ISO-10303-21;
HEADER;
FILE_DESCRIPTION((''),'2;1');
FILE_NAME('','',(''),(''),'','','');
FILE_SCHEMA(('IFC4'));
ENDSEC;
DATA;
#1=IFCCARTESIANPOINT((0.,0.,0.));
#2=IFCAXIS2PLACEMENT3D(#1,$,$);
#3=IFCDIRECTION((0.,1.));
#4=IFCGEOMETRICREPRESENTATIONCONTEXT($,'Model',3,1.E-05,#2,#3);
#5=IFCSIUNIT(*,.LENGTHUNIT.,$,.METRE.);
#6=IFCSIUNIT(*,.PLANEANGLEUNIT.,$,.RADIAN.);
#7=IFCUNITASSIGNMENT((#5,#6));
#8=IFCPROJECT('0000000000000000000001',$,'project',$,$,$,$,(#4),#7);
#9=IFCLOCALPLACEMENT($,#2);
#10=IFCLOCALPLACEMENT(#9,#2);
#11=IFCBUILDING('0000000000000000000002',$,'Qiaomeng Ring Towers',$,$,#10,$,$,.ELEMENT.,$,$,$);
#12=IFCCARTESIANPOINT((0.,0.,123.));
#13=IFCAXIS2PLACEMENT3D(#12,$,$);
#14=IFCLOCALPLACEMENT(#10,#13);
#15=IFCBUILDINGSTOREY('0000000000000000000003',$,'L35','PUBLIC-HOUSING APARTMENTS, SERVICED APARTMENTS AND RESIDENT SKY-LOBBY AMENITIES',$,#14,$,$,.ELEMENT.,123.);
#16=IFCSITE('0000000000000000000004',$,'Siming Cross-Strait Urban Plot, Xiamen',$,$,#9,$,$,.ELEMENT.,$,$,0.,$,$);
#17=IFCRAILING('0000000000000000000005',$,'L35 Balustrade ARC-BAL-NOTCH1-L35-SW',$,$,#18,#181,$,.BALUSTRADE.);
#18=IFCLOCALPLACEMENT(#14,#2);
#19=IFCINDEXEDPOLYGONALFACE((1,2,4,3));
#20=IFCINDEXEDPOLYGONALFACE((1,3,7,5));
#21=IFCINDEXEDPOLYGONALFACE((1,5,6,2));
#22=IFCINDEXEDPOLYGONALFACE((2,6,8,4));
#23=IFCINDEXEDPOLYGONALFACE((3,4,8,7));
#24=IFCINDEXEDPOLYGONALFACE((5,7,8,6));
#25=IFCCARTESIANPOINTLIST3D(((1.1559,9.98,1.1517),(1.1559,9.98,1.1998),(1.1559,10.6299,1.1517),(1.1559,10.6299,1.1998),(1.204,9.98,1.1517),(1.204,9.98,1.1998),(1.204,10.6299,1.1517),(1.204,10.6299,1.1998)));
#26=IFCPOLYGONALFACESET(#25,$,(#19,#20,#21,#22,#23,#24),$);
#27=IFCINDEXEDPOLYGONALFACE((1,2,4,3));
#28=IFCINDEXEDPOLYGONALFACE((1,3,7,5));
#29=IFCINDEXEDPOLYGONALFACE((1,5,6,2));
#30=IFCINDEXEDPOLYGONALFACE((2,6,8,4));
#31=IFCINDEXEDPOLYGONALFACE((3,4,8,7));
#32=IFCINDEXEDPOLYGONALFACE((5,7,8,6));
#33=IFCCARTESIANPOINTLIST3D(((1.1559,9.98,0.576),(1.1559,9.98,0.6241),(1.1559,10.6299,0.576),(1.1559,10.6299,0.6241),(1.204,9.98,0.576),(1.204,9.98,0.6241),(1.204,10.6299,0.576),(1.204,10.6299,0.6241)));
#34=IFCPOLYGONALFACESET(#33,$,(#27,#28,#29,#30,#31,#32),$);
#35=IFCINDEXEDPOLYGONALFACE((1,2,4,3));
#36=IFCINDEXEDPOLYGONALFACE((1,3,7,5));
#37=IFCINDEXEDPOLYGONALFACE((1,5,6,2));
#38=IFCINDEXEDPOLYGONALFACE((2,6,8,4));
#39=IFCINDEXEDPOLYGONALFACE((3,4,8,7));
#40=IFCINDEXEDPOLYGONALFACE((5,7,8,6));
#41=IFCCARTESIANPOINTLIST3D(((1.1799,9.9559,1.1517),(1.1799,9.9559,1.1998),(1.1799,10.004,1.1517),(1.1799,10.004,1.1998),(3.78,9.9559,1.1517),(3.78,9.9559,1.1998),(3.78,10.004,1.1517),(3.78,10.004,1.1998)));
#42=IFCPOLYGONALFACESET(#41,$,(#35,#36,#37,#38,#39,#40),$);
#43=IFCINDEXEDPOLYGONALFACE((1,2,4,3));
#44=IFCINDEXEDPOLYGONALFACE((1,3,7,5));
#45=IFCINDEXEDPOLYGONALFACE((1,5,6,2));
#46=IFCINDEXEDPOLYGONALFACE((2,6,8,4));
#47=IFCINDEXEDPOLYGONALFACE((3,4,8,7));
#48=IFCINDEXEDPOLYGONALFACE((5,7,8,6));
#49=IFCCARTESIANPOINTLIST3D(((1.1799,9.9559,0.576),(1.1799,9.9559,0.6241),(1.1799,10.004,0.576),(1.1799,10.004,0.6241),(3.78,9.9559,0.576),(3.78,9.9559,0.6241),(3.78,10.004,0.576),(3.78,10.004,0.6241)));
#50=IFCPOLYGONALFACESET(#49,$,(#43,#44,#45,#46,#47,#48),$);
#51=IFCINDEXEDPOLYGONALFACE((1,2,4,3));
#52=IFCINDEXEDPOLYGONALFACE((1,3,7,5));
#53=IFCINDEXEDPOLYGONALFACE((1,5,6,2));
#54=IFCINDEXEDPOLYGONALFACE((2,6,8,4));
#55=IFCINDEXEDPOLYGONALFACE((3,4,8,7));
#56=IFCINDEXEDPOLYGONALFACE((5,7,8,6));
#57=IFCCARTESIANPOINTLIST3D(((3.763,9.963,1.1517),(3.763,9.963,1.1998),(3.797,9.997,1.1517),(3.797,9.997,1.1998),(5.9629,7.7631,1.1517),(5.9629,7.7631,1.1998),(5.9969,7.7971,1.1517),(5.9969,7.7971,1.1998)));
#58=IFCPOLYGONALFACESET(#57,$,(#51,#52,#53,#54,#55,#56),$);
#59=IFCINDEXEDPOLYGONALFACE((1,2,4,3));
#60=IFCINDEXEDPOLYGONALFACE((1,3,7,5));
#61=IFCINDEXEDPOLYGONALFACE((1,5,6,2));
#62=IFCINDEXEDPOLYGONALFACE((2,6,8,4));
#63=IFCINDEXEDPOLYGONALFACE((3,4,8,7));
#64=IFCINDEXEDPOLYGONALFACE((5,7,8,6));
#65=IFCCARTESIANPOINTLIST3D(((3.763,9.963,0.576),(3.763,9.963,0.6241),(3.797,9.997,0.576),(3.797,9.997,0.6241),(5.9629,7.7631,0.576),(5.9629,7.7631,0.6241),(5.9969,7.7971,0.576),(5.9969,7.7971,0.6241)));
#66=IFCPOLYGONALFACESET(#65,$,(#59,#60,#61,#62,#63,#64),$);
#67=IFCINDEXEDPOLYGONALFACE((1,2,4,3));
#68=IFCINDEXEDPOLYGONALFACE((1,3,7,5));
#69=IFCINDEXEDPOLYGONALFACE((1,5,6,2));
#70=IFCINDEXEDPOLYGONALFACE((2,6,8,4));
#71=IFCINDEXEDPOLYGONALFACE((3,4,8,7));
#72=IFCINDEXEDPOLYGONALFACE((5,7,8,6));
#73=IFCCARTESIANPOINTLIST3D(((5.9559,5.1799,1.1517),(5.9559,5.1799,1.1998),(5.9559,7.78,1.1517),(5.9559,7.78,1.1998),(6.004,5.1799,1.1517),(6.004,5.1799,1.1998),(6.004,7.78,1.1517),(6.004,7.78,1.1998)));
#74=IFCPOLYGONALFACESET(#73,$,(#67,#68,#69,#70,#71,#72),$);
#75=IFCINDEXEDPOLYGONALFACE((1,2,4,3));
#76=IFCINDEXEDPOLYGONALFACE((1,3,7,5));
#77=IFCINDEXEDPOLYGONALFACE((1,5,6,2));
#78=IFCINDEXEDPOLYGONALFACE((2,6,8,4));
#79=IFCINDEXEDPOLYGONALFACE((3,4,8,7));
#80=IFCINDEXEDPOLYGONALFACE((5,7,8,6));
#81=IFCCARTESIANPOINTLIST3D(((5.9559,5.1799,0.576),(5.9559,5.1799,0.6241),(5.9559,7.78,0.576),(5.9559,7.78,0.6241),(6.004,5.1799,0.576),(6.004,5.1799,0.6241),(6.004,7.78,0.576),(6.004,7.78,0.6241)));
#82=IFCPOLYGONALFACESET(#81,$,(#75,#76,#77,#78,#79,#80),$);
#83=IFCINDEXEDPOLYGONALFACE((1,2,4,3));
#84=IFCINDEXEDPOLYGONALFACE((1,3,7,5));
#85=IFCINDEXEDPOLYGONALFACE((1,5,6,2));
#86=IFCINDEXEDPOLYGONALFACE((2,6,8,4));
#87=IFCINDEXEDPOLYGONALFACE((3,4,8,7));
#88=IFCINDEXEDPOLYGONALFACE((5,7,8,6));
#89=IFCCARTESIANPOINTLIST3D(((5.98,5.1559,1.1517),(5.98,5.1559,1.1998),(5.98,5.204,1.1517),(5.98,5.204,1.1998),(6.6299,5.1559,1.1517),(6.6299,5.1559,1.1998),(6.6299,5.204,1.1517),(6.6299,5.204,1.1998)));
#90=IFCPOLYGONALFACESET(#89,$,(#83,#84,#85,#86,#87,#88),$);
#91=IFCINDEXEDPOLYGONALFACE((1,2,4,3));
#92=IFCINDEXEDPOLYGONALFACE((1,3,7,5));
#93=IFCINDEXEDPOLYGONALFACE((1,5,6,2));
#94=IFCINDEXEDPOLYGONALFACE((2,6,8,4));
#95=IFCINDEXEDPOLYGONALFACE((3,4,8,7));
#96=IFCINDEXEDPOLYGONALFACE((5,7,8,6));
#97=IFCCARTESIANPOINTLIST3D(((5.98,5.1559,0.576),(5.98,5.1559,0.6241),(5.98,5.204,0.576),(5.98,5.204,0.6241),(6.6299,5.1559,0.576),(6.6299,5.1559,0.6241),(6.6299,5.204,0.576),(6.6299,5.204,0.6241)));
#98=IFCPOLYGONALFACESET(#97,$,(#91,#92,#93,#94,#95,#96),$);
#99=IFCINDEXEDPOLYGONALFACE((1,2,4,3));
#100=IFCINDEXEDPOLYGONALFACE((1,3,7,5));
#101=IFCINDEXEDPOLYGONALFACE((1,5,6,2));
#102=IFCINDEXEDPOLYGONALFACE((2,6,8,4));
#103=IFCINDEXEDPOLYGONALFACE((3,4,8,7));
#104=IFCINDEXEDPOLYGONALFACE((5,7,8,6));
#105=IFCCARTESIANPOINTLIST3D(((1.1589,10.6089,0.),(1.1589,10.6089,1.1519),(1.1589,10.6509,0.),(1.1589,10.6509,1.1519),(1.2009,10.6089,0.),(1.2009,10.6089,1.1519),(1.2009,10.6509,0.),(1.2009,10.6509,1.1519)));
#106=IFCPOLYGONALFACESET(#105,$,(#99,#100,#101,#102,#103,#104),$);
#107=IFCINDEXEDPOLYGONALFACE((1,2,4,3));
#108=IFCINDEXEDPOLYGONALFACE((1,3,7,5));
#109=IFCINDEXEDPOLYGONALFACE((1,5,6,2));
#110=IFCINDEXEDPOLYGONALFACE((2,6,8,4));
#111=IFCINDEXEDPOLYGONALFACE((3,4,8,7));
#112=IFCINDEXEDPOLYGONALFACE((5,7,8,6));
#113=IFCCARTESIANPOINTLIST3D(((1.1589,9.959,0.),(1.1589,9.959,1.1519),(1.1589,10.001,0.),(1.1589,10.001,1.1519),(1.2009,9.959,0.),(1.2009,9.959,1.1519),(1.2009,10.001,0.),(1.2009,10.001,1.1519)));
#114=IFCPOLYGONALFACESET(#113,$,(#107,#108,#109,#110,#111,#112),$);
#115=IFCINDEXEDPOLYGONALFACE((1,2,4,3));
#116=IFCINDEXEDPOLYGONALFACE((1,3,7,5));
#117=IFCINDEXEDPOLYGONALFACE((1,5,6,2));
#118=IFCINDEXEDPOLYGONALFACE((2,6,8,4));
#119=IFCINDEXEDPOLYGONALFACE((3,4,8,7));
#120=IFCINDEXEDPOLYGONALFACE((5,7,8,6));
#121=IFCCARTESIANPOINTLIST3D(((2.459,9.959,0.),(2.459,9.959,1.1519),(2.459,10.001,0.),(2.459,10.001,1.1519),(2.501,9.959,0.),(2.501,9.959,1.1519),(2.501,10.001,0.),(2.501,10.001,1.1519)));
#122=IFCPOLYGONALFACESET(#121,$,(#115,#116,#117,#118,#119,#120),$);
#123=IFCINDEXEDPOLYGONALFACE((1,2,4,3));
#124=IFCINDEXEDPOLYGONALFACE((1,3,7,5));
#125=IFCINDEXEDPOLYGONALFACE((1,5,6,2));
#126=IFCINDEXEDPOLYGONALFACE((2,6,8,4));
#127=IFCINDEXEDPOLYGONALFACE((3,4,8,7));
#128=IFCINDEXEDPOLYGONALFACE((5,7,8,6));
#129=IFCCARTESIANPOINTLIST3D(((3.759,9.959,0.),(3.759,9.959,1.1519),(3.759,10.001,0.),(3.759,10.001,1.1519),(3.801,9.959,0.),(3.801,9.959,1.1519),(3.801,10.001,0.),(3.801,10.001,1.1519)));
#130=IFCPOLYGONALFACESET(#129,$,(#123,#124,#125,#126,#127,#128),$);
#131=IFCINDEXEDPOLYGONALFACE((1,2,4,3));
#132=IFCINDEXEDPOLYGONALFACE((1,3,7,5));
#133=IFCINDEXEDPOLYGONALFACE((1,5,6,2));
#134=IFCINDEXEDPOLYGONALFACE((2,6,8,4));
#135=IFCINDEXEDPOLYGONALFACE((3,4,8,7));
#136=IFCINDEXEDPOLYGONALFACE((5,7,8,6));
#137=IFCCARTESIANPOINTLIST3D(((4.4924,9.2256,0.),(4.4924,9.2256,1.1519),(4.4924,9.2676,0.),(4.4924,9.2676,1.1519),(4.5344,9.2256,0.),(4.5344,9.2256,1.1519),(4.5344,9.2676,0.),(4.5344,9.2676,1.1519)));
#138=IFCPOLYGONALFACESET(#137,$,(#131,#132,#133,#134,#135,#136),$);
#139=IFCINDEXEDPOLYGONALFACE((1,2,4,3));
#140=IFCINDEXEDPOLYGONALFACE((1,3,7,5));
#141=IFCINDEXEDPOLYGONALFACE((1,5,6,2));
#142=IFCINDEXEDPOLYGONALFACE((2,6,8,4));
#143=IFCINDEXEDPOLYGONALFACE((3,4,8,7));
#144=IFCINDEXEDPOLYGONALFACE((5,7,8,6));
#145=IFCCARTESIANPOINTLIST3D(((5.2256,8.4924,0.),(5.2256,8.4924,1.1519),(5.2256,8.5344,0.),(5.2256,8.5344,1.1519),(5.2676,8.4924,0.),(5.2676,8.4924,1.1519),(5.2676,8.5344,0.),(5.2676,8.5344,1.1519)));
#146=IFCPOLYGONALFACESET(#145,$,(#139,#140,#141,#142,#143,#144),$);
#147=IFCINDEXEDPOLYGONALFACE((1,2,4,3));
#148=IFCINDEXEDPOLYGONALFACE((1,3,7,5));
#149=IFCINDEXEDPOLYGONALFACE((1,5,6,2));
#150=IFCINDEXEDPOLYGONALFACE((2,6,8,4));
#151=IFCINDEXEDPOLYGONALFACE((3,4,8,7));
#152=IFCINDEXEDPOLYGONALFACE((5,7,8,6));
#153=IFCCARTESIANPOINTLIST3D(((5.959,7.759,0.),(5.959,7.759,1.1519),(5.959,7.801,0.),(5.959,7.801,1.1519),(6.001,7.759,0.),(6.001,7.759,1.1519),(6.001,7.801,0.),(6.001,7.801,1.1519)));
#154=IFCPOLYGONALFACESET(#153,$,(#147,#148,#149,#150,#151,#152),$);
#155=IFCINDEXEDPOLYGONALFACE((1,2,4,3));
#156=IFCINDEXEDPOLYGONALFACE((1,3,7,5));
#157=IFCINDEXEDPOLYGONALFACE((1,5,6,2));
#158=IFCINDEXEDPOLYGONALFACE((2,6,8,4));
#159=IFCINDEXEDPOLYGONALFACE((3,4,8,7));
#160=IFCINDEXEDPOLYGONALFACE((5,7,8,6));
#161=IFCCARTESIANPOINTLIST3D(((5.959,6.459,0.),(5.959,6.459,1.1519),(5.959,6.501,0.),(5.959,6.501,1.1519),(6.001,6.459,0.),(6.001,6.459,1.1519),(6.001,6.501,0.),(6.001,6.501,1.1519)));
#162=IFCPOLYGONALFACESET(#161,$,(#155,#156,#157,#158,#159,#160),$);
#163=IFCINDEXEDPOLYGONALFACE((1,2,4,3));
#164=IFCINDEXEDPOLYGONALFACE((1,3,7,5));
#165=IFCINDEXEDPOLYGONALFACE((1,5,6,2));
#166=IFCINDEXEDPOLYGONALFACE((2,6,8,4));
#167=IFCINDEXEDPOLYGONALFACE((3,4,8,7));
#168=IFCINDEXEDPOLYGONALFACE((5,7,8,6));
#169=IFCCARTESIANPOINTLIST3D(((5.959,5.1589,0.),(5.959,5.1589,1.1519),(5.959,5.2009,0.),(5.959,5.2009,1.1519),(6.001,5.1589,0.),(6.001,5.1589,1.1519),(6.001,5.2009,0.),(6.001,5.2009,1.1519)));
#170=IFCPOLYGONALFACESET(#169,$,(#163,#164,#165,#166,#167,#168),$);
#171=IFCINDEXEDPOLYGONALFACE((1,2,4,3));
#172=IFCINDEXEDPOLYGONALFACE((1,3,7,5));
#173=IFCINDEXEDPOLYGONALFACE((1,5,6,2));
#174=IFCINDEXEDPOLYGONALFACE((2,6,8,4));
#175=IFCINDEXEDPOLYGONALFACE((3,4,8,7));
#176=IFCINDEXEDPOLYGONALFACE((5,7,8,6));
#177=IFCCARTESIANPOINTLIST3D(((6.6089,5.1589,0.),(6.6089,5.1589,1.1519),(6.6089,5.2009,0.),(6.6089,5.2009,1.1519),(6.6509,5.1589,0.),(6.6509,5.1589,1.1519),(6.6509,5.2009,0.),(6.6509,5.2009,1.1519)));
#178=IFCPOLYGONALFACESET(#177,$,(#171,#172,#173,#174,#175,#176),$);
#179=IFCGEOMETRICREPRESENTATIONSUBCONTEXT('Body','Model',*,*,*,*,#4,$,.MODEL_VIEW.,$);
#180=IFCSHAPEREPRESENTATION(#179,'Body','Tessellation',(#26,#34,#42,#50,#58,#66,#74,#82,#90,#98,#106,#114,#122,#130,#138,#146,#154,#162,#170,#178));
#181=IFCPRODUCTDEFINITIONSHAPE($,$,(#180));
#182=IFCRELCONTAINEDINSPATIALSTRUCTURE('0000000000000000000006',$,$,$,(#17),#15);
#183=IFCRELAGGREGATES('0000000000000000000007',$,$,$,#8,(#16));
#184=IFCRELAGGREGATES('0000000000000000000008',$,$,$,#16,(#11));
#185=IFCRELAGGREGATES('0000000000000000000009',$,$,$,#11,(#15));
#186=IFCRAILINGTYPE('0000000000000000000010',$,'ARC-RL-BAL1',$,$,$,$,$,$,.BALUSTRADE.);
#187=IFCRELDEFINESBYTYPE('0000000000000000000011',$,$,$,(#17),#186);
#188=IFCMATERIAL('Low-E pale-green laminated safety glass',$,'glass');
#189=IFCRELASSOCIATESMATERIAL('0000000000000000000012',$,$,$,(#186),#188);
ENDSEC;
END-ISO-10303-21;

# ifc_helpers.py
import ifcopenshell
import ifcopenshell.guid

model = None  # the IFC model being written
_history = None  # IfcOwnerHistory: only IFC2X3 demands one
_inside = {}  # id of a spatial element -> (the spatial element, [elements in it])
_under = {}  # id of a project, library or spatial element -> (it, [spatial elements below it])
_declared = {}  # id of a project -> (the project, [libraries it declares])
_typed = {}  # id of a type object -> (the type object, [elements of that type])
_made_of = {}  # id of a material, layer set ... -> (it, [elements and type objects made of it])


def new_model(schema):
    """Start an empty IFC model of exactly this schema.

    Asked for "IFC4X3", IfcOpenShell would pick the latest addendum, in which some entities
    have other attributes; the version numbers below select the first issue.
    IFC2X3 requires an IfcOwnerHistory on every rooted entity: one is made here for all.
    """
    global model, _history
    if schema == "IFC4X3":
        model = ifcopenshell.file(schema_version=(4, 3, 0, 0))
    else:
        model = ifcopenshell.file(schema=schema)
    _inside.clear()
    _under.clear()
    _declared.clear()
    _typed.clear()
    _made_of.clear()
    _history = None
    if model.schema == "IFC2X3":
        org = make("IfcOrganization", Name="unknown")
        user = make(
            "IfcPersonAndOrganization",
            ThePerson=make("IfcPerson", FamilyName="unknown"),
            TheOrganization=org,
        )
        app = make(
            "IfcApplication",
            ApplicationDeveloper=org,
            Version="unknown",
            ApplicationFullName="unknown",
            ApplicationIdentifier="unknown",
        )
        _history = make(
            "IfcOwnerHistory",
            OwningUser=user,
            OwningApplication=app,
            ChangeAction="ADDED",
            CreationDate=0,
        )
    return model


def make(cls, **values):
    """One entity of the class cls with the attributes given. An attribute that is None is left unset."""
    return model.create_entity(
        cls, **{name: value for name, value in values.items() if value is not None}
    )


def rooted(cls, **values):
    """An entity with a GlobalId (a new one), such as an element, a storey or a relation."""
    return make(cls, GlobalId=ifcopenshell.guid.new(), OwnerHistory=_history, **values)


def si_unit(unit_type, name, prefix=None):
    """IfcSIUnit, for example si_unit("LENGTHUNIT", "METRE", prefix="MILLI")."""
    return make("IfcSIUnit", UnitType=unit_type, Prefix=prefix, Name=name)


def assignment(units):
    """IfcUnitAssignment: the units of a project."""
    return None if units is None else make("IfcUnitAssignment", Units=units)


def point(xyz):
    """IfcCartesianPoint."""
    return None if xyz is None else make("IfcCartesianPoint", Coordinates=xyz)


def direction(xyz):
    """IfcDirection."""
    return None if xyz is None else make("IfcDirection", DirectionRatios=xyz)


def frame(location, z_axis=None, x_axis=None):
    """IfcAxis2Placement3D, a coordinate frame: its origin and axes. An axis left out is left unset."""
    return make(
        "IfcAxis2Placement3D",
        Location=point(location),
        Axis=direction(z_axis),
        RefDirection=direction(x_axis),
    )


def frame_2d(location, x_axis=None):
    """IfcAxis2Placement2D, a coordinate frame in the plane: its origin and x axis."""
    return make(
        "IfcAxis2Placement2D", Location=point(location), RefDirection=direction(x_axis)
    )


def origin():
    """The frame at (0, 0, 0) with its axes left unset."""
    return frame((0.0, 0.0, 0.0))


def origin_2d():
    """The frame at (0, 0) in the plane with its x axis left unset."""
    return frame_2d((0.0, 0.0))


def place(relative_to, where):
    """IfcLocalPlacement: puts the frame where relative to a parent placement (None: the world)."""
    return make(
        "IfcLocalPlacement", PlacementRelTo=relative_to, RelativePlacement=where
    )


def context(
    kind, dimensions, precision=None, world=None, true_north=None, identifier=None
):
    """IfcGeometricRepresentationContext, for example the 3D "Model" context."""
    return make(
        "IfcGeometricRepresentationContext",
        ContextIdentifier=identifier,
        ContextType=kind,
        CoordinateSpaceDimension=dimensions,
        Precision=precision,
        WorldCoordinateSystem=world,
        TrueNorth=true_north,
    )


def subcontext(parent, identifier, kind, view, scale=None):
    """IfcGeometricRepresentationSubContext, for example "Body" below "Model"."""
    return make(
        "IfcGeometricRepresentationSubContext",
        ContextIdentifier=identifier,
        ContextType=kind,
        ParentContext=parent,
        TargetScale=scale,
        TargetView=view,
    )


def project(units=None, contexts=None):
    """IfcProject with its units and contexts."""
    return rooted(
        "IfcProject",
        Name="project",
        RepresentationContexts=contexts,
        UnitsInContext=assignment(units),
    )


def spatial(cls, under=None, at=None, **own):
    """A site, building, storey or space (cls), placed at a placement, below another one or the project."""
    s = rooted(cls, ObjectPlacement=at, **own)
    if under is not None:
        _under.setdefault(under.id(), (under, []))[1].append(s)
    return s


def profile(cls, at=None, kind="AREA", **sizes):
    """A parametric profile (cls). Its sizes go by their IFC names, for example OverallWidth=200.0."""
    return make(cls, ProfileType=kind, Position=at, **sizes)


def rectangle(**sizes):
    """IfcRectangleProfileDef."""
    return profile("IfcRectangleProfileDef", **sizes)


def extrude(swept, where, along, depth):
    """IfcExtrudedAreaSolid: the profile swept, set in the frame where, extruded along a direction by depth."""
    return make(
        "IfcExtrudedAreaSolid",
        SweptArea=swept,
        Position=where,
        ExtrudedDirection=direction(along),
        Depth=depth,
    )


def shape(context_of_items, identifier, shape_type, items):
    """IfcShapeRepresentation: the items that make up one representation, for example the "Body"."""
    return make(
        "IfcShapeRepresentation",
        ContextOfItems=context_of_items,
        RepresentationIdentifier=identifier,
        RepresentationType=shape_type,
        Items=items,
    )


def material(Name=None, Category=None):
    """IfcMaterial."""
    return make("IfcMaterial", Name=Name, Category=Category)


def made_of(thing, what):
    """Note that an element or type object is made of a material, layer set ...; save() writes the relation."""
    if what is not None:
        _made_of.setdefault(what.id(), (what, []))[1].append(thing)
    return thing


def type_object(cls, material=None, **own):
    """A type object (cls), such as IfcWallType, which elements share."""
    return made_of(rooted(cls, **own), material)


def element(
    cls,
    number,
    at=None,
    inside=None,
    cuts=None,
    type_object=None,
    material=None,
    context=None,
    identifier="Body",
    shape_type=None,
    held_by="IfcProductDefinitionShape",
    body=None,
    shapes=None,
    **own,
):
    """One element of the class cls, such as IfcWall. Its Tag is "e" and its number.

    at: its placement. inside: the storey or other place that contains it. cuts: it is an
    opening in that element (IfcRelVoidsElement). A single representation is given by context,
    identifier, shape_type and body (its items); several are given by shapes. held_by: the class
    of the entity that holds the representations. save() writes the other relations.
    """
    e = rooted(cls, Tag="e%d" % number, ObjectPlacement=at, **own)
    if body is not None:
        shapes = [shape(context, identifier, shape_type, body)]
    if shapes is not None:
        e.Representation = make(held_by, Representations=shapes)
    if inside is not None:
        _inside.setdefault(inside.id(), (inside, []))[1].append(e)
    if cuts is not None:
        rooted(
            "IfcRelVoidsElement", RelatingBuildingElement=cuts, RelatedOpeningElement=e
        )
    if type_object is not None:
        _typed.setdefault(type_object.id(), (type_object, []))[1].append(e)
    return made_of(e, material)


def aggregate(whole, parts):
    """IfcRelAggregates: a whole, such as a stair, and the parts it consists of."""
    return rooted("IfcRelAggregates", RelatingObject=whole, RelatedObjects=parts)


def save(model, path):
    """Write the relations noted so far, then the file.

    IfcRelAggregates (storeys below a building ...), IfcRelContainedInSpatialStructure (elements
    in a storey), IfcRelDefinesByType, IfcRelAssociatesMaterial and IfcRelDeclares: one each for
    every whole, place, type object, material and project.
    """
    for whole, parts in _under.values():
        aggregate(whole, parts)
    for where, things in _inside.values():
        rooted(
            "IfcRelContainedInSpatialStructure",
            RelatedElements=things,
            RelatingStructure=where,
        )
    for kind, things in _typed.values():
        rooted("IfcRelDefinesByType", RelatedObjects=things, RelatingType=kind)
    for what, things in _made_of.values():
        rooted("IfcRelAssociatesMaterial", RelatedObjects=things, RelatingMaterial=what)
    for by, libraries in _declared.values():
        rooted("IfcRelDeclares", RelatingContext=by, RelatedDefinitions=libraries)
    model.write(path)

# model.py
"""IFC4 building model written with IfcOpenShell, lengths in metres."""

from ifc_helpers import new_model, si_unit, direction, frame, origin, origin_2d, place, context, subcontext, project, spatial, rectangle, extrude, material, type_object, element, save


model = new_model("IFC4")

# Units and contexts
model_context = context("Model", 3, precision=1e-05, world=origin(), true_north=direction((0.0, 1.0)))
body_context = subcontext(model_context, "Body", "Model", "MODEL_VIEW")
ifc_project = project(units=[si_unit("LENGTHUNIT", "METRE"), si_unit("PLANEANGLEUNIT", "RADIAN")], contexts=[model_context])

# Site, building, storey
site_placement = place(None, origin())
site = spatial("IfcSite", under=ifc_project, at=site_placement, Name="Siming Cross-Strait Urban Plot, Xiamen", CompositionType="ELEMENT", RefElevation=0.0)
building_placement = place(site_placement, origin())
building = spatial("IfcBuilding", under=site, at=building_placement, Name="Qiaomeng Ring Towers", CompositionType="ELEMENT")
storey_placement = place(building_placement, frame((0.0, 0.0, 123.0)))
storey = spatial("IfcBuildingStorey", under=building, at=storey_placement, Name="L35", Description="PUBLIC-HOUSING APARTMENTS, SERVICED APARTMENTS AND RESIDENT SKY-LOBBY AMENITIES", CompositionType="ELEMENT", Elevation=123.0)

# Railing
ifc_material_1 = material(Name="Low-E pale-green laminated safety glass", Category="glass")
railing_type = type_object("IfcRailingType", Name="ARC-RL-BAL1", PredefinedType="BALUSTRADE", material=ifc_material_1)
railing_1_placement = place(storey_placement, frame((1.1799, 10.6299, 0.0)))
element("IfcRailing", 1, at=railing_1_placement, inside=storey, type_object=railing_type, Name="L35 Balustrade ARC-BAL-NOTCH1-L35-SW", PredefinedType="BALUSTRADE", context=body_context, shape_type="SweptSolid", body=[
    extrude(rectangle(XDim=0.0481, YDim=0.0481, at=origin_2d()), frame((0.0, 0.0, 1.1758), z_axis=(0.0, -1.0, 0.0), x_axis=(1.0, 0.0, 0.0)), (0.0, 0.0, 1.0), 0.6499),
    extrude(rectangle(XDim=0.0481, YDim=0.0481, at=origin_2d()), frame((0.0, 0.0, 0.6001), z_axis=(0.0, -1.0, 0.0), x_axis=(1.0, 0.0, 0.0)), (0.0, 0.0, 1.0), 0.6499),
    extrude(rectangle(XDim=0.0481, YDim=0.0481, at=origin_2d()), frame((0.0, -0.6499, 1.1758), z_axis=(1.0, 0.0, 0.0), x_axis=(0.0, 1.0, 0.0)), (0.0, 0.0, 1.0), 2.6001),
    extrude(rectangle(XDim=0.0481, YDim=0.0481, at=origin_2d()), frame((0.0, -0.6499, 0.6001), z_axis=(1.0, 0.0, 0.0), x_axis=(0.0, 1.0, 0.0)), (0.0, 0.0, 1.0), 2.6001),
    extrude(rectangle(XDim=0.0481, YDim=0.0481, at=origin_2d()), frame((2.6001, -0.6499, 1.1758), z_axis=(0.707107, -0.707107, 0.0), x_axis=(0.707107, 0.707107, 0.0)), (0.0, 0.0, 1.0), 3.1111),
    extrude(rectangle(XDim=0.0481, YDim=0.0481, at=origin_2d()), frame((2.6001, -0.6499, 0.6001), z_axis=(0.707107, -0.707107, 0.0), x_axis=(0.707107, 0.707107, 0.0)), (0.0, 0.0, 1.0), 3.1111),
    extrude(rectangle(XDim=0.0481, YDim=0.0481, at=origin_2d()), frame((4.8, -2.8499, 1.1758), z_axis=(0.0, -1.0, 0.0), x_axis=(1.0, 0.0, 0.0)), (0.0, 0.0, 1.0), 2.6001),
    extrude(rectangle(XDim=0.0481, YDim=0.0481, at=origin_2d()), frame((4.8, -2.8499, 0.6001), z_axis=(0.0, -1.0, 0.0), x_axis=(1.0, 0.0, 0.0)), (0.0, 0.0, 1.0), 2.6001),
    extrude(rectangle(XDim=0.0481, YDim=0.0481, at=origin_2d()), frame((4.8, -5.45, 1.1758), z_axis=(1.0, 0.0, 0.0), x_axis=(0.0, 1.0, 0.0)), (0.0, 0.0, 1.0), 0.6499),
    extrude(rectangle(XDim=0.0481, YDim=0.0481, at=origin_2d()), frame((4.8, -5.45, 0.6001), z_axis=(1.0, 0.0, 0.0), x_axis=(0.0, 1.0, 0.0)), (0.0, 0.0, 1.0), 0.6499),
    extrude(rectangle(XDim=0.042, YDim=0.042, at=origin_2d()), origin(), (0.0, 0.0, 1.0), 1.1519),
    extrude(rectangle(XDim=0.042, YDim=0.042, at=origin_2d()), frame((0.0, -0.6499, 0.0)), (0.0, 0.0, 1.0), 1.1519),
    extrude(rectangle(XDim=0.042, YDim=0.042, at=origin_2d()), frame((1.3, -0.6499, 0.0)), (0.0, 0.0, 1.0), 1.1519),
    extrude(rectangle(XDim=0.042, YDim=0.042, at=origin_2d()), frame((2.6001, -0.6499, 0.0)), (0.0, 0.0, 1.0), 1.1519),
    extrude(rectangle(XDim=0.042, YDim=0.042, at=origin_2d()), frame((3.3335, -1.3833, 0.0)), (0.0, 0.0, 1.0), 1.1519),
    extrude(rectangle(XDim=0.042, YDim=0.042, at=origin_2d()), frame((4.0667, -2.1165, 0.0)), (0.0, 0.0, 1.0), 1.1519),
    extrude(rectangle(XDim=0.042, YDim=0.042, at=origin_2d()), frame((4.8, -2.8499, 0.0)), (0.0, 0.0, 1.0), 1.1519),
    extrude(rectangle(XDim=0.042, YDim=0.042, at=origin_2d()), frame((4.8, -4.1499, 0.0)), (0.0, 0.0, 1.0), 1.1519),
    extrude(rectangle(XDim=0.042, YDim=0.042, at=origin_2d()), frame((4.8, -5.45, 0.0)), (0.0, 0.0, 1.0), 1.1519),
    extrude(rectangle(XDim=0.042, YDim=0.042, at=origin_2d()), frame((5.45, -5.45, 0.0)), (0.0, 0.0, 1.0), 1.1519),
])

save(model, "model.ifc")
